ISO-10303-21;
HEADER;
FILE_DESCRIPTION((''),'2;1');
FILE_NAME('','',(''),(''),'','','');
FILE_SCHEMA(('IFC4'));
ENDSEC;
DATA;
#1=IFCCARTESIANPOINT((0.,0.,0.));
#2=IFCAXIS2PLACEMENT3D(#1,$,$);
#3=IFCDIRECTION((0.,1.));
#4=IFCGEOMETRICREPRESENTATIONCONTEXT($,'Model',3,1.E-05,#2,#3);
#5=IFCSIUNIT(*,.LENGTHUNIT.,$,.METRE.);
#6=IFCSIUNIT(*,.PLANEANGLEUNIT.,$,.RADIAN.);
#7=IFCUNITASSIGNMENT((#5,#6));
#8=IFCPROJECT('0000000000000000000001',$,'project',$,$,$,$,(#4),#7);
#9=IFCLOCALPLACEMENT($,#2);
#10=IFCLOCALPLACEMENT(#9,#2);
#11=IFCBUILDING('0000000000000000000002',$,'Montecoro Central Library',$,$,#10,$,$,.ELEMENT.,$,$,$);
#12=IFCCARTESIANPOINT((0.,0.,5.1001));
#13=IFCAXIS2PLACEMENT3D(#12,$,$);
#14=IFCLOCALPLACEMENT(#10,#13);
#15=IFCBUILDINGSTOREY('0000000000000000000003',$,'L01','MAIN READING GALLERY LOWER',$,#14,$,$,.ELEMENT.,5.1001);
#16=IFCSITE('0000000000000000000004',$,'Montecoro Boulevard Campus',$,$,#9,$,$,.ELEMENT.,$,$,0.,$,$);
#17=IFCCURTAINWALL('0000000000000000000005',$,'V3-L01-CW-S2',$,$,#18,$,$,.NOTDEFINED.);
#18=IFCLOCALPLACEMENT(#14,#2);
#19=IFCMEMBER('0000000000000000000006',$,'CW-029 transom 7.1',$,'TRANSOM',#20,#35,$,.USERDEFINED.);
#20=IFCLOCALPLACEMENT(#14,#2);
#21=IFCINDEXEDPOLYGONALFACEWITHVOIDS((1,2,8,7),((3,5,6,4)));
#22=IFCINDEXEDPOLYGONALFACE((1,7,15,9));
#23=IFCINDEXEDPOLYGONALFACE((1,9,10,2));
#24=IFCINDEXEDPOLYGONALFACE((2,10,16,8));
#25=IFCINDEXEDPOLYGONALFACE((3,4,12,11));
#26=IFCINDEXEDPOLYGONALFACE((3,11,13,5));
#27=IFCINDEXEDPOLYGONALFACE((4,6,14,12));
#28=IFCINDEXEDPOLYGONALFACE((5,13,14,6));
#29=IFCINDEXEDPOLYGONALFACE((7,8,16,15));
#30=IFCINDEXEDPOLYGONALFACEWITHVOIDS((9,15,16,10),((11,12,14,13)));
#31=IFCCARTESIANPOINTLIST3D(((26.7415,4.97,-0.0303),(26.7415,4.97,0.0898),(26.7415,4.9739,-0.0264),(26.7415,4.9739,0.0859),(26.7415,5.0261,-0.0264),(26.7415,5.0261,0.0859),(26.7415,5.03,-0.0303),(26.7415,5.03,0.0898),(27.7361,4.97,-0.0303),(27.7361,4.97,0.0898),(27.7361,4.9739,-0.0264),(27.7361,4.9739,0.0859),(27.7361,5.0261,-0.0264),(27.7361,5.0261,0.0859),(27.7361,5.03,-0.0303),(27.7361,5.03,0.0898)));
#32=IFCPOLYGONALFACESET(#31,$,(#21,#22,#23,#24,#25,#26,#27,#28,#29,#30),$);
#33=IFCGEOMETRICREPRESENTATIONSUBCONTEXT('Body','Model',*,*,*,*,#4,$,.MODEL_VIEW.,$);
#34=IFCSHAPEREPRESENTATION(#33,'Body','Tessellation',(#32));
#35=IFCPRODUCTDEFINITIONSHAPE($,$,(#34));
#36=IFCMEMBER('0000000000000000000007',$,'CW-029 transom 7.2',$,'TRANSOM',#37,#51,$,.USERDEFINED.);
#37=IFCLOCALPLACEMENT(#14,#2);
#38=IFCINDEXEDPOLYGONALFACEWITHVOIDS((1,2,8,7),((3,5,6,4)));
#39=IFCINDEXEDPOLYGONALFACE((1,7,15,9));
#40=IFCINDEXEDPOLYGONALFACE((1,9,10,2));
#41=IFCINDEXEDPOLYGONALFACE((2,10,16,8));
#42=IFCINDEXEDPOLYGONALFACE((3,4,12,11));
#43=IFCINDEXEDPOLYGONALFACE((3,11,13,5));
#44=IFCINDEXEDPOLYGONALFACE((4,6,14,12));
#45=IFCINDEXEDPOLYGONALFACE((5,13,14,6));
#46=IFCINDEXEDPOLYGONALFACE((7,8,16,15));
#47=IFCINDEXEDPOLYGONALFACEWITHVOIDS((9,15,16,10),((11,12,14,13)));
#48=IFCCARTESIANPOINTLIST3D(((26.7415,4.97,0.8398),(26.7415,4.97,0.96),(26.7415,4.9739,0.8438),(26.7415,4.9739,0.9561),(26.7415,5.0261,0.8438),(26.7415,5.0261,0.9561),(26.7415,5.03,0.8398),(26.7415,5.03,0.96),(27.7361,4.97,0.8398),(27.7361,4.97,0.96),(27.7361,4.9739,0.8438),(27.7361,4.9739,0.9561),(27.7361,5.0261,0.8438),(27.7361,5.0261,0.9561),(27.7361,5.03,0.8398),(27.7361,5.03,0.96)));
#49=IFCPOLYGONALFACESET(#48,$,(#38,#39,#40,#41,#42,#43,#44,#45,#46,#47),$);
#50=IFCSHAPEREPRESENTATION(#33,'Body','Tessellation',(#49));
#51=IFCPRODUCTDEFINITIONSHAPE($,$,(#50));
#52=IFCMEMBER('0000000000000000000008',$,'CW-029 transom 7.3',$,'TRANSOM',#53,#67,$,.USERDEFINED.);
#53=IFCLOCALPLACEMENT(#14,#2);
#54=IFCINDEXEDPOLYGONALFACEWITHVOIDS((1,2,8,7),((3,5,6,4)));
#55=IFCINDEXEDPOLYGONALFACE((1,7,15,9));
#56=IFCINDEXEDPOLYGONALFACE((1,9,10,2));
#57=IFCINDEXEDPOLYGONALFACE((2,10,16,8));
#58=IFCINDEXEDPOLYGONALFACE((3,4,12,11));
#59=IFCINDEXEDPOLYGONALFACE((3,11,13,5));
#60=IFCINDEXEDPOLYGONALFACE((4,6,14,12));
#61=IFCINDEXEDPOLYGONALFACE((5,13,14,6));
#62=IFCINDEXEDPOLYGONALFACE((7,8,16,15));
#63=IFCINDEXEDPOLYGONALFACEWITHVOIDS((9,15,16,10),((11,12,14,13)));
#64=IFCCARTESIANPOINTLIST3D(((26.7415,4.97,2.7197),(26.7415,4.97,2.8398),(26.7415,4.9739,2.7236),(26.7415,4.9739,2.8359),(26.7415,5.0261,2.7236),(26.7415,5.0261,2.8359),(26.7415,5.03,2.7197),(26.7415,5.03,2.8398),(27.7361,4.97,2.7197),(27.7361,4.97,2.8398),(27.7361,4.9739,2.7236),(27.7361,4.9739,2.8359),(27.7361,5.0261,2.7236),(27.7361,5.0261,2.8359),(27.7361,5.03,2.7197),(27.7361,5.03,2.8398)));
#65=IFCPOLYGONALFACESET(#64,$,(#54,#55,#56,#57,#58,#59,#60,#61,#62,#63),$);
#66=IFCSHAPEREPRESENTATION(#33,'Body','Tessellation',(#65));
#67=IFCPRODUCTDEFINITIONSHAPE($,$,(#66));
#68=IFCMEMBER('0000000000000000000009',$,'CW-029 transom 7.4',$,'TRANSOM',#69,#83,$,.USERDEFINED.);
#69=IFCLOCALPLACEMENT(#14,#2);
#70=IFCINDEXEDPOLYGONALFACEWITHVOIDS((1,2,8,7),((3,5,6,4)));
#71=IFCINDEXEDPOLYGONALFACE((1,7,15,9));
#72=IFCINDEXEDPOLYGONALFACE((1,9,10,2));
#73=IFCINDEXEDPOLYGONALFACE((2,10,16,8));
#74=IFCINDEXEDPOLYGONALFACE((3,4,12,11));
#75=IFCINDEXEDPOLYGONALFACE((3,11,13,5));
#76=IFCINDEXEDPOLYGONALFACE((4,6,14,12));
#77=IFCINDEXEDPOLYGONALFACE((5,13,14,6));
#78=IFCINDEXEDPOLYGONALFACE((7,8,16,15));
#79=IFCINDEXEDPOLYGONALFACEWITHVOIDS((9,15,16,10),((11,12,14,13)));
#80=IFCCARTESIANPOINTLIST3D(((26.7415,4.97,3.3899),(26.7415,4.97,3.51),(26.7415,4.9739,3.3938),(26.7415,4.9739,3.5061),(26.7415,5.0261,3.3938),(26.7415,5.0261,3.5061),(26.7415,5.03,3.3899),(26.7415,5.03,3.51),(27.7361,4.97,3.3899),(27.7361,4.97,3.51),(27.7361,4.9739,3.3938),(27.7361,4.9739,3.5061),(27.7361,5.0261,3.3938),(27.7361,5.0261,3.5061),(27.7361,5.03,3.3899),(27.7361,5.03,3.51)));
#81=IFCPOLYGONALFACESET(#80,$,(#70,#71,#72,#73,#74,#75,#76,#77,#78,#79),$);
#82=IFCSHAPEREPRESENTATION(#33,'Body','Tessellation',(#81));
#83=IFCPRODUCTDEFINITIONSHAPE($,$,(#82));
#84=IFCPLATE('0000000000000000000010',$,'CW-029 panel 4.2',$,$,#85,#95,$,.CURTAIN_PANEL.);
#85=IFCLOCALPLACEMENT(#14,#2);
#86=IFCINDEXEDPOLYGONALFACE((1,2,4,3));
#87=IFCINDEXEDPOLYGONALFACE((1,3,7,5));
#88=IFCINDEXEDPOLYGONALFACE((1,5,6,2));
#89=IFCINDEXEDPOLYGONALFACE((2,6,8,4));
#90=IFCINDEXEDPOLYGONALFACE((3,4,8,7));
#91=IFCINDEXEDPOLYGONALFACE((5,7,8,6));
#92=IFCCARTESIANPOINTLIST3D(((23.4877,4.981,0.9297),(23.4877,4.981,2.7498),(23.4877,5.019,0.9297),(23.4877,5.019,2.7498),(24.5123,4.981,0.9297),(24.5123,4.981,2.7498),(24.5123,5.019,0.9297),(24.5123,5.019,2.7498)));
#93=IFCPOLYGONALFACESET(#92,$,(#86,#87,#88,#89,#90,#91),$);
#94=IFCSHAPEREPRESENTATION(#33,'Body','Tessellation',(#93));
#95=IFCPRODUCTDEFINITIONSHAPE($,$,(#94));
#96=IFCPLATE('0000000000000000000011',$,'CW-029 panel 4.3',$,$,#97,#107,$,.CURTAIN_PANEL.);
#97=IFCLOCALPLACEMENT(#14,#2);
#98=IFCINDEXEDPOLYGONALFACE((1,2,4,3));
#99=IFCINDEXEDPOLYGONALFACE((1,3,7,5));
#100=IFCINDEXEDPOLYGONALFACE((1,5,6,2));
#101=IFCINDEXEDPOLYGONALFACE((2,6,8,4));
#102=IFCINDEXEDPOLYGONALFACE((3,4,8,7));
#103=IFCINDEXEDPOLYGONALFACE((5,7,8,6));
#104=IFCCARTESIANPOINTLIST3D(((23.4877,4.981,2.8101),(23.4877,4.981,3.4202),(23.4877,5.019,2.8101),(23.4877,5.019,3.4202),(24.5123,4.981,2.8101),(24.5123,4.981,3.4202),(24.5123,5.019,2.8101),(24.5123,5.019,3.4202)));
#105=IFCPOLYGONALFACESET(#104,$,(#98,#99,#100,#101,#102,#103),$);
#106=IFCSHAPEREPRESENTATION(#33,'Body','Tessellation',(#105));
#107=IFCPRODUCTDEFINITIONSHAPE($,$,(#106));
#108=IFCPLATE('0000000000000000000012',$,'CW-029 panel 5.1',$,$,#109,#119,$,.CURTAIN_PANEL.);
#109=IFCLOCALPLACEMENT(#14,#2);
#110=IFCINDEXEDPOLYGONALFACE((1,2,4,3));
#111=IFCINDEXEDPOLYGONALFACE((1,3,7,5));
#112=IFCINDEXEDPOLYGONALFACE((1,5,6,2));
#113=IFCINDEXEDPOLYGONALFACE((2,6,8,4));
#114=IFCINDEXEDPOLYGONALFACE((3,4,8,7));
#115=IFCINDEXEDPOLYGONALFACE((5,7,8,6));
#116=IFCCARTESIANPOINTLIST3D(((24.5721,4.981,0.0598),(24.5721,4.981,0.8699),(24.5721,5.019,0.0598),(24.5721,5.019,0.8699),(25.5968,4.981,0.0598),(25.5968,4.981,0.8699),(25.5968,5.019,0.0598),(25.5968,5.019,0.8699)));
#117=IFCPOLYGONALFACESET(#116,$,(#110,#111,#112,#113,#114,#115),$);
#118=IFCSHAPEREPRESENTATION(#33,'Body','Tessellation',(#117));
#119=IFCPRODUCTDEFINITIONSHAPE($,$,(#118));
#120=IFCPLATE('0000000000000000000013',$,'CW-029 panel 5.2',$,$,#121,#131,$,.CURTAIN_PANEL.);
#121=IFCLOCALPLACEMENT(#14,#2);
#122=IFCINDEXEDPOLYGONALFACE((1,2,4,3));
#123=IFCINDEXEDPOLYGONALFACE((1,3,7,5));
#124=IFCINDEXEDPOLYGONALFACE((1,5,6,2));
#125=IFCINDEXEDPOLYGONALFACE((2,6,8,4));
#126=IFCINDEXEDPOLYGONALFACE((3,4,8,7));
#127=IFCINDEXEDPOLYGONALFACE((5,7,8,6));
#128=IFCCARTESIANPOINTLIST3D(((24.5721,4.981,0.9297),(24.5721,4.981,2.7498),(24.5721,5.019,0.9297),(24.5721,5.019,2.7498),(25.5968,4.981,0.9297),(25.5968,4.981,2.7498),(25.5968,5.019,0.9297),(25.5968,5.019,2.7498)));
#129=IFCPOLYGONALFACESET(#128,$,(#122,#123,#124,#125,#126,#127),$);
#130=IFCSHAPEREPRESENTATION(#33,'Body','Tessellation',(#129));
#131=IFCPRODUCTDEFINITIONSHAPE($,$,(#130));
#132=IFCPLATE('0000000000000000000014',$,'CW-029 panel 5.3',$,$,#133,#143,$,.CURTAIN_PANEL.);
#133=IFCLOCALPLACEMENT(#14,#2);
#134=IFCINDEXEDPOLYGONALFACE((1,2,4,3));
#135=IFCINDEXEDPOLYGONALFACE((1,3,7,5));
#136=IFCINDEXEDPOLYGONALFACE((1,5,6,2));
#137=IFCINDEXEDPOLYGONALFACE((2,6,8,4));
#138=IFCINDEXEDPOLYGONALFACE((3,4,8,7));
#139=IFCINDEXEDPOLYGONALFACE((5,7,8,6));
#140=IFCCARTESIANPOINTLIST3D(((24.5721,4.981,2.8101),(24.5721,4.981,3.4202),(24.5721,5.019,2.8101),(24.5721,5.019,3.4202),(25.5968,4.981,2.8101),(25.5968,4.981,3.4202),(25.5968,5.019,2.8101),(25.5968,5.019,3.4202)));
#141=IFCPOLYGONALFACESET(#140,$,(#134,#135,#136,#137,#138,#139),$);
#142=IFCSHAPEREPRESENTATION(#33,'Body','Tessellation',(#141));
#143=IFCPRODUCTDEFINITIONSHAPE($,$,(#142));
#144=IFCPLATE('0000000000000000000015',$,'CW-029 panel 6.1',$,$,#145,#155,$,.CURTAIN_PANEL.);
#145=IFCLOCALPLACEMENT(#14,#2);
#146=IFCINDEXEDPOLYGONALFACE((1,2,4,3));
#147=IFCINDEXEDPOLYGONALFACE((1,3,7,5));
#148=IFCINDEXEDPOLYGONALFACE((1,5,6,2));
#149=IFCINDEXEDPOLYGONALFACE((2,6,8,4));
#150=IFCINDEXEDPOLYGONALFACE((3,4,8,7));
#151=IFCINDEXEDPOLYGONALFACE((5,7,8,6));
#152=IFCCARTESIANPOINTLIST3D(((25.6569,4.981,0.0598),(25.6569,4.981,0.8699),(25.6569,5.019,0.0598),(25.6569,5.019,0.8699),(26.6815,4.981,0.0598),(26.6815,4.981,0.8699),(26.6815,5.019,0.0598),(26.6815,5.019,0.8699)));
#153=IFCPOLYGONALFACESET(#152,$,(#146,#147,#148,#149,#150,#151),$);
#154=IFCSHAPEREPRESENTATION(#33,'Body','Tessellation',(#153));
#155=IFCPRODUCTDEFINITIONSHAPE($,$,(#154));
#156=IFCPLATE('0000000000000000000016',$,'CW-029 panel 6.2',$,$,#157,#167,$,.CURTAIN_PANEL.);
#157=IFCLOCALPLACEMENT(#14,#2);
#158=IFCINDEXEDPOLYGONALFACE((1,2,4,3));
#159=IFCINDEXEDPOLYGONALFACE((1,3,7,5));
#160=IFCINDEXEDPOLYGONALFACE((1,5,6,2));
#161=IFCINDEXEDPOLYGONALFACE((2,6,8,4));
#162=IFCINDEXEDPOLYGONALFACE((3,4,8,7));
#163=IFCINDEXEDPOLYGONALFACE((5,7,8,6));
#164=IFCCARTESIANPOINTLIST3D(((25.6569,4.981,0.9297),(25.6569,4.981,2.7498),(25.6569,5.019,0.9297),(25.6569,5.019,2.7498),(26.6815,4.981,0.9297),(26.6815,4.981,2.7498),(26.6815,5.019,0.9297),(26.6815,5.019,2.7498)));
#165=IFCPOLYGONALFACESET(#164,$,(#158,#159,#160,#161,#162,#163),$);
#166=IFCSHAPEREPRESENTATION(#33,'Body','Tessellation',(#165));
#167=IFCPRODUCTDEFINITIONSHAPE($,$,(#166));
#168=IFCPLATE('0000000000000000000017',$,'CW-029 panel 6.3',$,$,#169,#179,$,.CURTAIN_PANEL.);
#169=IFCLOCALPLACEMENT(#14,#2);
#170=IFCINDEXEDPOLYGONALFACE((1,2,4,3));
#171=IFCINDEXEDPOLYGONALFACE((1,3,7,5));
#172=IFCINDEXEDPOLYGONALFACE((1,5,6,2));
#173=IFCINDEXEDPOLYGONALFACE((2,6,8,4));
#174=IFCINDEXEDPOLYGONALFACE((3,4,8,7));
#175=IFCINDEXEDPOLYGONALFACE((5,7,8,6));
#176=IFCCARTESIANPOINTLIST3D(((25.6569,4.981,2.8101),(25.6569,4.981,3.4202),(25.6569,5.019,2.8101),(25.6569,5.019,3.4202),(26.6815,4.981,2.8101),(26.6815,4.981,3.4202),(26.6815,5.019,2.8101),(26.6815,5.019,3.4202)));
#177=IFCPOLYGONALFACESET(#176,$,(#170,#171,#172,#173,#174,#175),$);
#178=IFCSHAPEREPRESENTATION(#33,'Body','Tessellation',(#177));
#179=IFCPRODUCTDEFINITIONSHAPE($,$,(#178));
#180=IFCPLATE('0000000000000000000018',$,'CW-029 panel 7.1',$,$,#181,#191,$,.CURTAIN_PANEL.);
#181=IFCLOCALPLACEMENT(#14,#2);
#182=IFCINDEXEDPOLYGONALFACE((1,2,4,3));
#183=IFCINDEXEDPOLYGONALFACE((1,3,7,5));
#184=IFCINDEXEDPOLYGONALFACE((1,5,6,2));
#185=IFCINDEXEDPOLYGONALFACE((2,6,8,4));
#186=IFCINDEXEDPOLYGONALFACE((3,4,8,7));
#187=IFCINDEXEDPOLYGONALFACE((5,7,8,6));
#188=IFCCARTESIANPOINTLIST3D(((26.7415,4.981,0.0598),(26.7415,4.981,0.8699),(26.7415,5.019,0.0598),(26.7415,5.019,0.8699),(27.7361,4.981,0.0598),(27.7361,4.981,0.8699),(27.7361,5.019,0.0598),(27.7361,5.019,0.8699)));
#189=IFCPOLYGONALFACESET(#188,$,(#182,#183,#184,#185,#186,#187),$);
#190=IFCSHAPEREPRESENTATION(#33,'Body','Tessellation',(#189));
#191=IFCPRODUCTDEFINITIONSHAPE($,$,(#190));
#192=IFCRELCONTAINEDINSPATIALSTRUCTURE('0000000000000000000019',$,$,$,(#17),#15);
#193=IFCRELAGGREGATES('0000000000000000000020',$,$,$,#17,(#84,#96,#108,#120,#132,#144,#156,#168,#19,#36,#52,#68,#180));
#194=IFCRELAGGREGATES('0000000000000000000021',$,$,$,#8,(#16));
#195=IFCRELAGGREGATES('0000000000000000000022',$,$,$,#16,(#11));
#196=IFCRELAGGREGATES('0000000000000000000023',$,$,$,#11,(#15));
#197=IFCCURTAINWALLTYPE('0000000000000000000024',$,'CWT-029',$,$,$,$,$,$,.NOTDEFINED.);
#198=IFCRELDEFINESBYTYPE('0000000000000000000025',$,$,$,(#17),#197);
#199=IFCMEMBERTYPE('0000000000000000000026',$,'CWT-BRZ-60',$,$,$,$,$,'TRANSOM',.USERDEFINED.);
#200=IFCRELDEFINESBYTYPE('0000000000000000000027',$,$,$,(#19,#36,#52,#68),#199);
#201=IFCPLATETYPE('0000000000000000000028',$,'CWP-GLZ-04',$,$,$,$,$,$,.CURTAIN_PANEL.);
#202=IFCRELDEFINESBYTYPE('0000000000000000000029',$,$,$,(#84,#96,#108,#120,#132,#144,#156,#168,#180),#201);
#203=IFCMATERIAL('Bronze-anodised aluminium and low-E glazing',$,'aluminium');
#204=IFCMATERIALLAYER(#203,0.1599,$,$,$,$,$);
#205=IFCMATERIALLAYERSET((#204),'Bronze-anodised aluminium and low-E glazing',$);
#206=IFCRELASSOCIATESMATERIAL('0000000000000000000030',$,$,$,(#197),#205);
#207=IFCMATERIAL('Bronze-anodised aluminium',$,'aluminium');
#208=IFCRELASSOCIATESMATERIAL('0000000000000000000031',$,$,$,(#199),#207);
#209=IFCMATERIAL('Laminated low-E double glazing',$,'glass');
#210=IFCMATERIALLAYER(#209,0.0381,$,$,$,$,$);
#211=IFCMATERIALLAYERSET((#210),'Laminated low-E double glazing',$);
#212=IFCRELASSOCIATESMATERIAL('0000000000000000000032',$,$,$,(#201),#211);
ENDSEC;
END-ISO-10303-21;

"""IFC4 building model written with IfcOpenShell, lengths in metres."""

from ifc_helpers import new_model, si_unit, direction, frame, origin, origin_2d, place, context, subcontext, project, spatial, rectangle, hollow_rectangle, extrude, material, layer, layer_set, material_profile, profile_set, type_object, element, aggregate, save


model = new_model("IFC4")

# Units and contexts
model_context = context("Model", 3, precision=1e-05, world=origin(), true_north=direction((0.0, 1.0)))
body_context = subcontext(model_context, "Body", "Model", "MODEL_VIEW")
ifc_project = project(units=[si_unit("LENGTHUNIT", "METRE"), si_unit("PLANEANGLEUNIT", "RADIAN")], contexts=[model_context])

# Site, building, storey
site_placement = place(None, origin())
site = spatial("IfcSite", under=ifc_project, at=site_placement, Name="Montecoro Boulevard Campus", CompositionType="ELEMENT", RefElevation=0.0)
building_placement = place(site_placement, origin())
building = spatial("IfcBuilding", under=site, at=building_placement, Name="Montecoro Central Library", CompositionType="ELEMENT")
storey_placement = place(building_placement, frame((0.0, 0.0, 5.1001)))
storey = spatial("IfcBuildingStorey", under=building, at=storey_placement, Name="L01", Description="MAIN READING GALLERY LOWER", CompositionType="ELEMENT", Elevation=5.1001)

# Curtain wall, members, plates
ifc_material_1 = material(Name="Bronze-anodised aluminium and low-E glazing", Category="aluminium")
ifc_layer_1 = layer(ifc_material_1, 0.1599)
ifc_layer_set_1 = layer_set([ifc_layer_1], Name="Bronze-anodised aluminium and low-E glazing")
curtain_wall_type = type_object("IfcCurtainWallType", Name="CWT-029", PredefinedType="NOTDEFINED", material=ifc_layer_set_1)
curtain_wall_placement = place(storey_placement, origin())
curtain_wall = element("IfcCurtainWall", 1, at=curtain_wall_placement, inside=storey, type_object=curtain_wall_type, Name="V3-L01-CW-S2", PredefinedType="NOTDEFINED")
ifc_material_2 = material(Name="Bronze-anodised aluminium", Category="aluminium")
ifc_material_profile_1 = material_profile(ifc_material_2, hollow_rectangle(XDim=0.0601, YDim=0.1201, WallThickness=0.0039, at=origin_2d()), Name="CWT 120x60x4.0")
ifc_profile_set_1 = profile_set([ifc_material_profile_1], Name="Bronze-anodised aluminium")
member_type_1 = type_object("IfcMemberType", Name="CWT-BRZ-60", ElementType="TRANSOM", PredefinedType="USERDEFINED", material=ifc_profile_set_1)
member_1_placement = place(storey_placement, frame((26.7415, 5.0, 0.0298), z_axis=(1.0, 0.0, 0.0), x_axis=(0.0, 1.0, 0.0)))
member_1 = element("IfcMember", 2, at=member_1_placement, type_object=member_type_1, Name="CW-029 transom 7.1", ObjectType="TRANSOM", PredefinedType="USERDEFINED", context=body_context, shape_type="SweptSolid", body=[
    extrude(hollow_rectangle(XDim=0.0601, YDim=0.1201, WallThickness=0.0039, at=origin_2d()), origin(), (0.0, 0.0, 1.0), 0.9946),
])
member_2_placement = place(storey_placement, frame((26.7415, 5.0, 0.8999), z_axis=(1.0, 0.0, 0.0), x_axis=(0.0, 1.0, 0.0)))
member_2 = element("IfcMember", 3, at=member_2_placement, type_object=member_type_1, Name="CW-029 transom 7.2", ObjectType="TRANSOM", PredefinedType="USERDEFINED", context=body_context, shape_type="SweptSolid", body=[
    extrude(hollow_rectangle(XDim=0.0601, YDim=0.1201, WallThickness=0.0039, at=origin_2d()), origin(), (0.0, 0.0, 1.0), 0.9946),
])
member_3_placement = place(storey_placement, frame((26.7415, 5.0, 2.7798), z_axis=(1.0, 0.0, 0.0), x_axis=(0.0, 1.0, 0.0)))
member_3 = element("IfcMember", 4, at=member_3_placement, type_object=member_type_1, Name="CW-029 transom 7.3", ObjectType="TRANSOM", PredefinedType="USERDEFINED", context=body_context, shape_type="SweptSolid", body=[
    extrude(hollow_rectangle(XDim=0.0601, YDim=0.1201, WallThickness=0.0039, at=origin_2d()), origin(), (0.0, 0.0, 1.0), 0.9946),
])
member_4_placement = place(storey_placement, frame((26.7415, 5.0, 3.45), z_axis=(1.0, 0.0, 0.0), x_axis=(0.0, 1.0, 0.0)))
member_4 = element("IfcMember", 5, at=member_4_placement, type_object=member_type_1, Name="CW-029 transom 7.4", ObjectType="TRANSOM", PredefinedType="USERDEFINED", context=body_context, shape_type="SweptSolid", body=[
    extrude(hollow_rectangle(XDim=0.0601, YDim=0.1201, WallThickness=0.0039, at=origin_2d()), origin(), (0.0, 0.0, 1.0), 0.9946),
])
ifc_material_3 = material(Name="Laminated low-E double glazing", Category="glass")
ifc_layer_2 = layer(ifc_material_3, 0.0381)
ifc_layer_set_2 = layer_set([ifc_layer_2], Name="Laminated low-E double glazing")
plate_type = type_object("IfcPlateType", Name="CWP-GLZ-04", PredefinedType="CURTAIN_PANEL", material=ifc_layer_set_2)
plate_1_placement = place(storey_placement, frame((24.0, 5.0, 0.9297), z_axis=(0.0, 0.0, 1.0), x_axis=(1.0, 0.0, 0.0)))
plate_1 = element("IfcPlate", 6, at=plate_1_placement, type_object=plate_type, Name="CW-029 panel 4.2", PredefinedType="CURTAIN_PANEL", context=body_context, shape_type="SweptSolid", body=[
    extrude(rectangle(XDim=1.0247, YDim=0.0381, at=origin_2d()), origin(), (0.0, 0.0, 1.0), 1.8201),
])
plate_2_placement = place(storey_placement, frame((24.0, 5.0, 2.8101), z_axis=(0.0, 0.0, 1.0), x_axis=(1.0, 0.0, 0.0)))
plate_2 = element("IfcPlate", 7, at=plate_2_placement, type_object=plate_type, Name="CW-029 panel 4.3", PredefinedType="CURTAIN_PANEL", context=body_context, shape_type="SweptSolid", body=[
    extrude(rectangle(XDim=1.0247, YDim=0.0381, at=origin_2d()), origin(), (0.0, 0.0, 1.0), 0.6101),
])
plate_3_placement = place(storey_placement, frame((25.0845, 5.0, 0.0598), z_axis=(0.0, 0.0, 1.0), x_axis=(1.0, 0.0, 0.0)))
plate_3 = element("IfcPlate", 8, at=plate_3_placement, type_object=plate_type, Name="CW-029 panel 5.1", PredefinedType="CURTAIN_PANEL", context=body_context, shape_type="SweptSolid", body=[
    extrude(rectangle(XDim=1.0247, YDim=0.0381, at=origin_2d()), origin(), (0.0, 0.0, 1.0), 0.8101),
])
plate_4_placement = place(storey_placement, frame((25.0845, 5.0, 0.9297), z_axis=(0.0, 0.0, 1.0), x_axis=(1.0, 0.0, 0.0)))
plate_4 = element("IfcPlate", 9, at=plate_4_placement, type_object=plate_type, Name="CW-029 panel 5.2", PredefinedType="CURTAIN_PANEL", context=body_context, shape_type="SweptSolid", body=[
    extrude(rectangle(XDim=1.0247, YDim=0.0381, at=origin_2d()), origin(), (0.0, 0.0, 1.0), 1.8201),
])
plate_5_placement = place(storey_placement, frame((25.0845, 5.0, 2.8101), z_axis=(0.0, 0.0, 1.0), x_axis=(1.0, 0.0, 0.0)))
plate_5 = element("IfcPlate", 10, at=plate_5_placement, type_object=plate_type, Name="CW-029 panel 5.3", PredefinedType="CURTAIN_PANEL", context=body_context, shape_type="SweptSolid", body=[
    extrude(rectangle(XDim=1.0247, YDim=0.0381, at=origin_2d()), origin(), (0.0, 0.0, 1.0), 0.6101),
])
plate_6_placement = place(storey_placement, frame((26.1692, 5.0, 0.0598), z_axis=(0.0, 0.0, 1.0), x_axis=(1.0, 0.0, 0.0)))
plate_6 = element("IfcPlate", 11, at=plate_6_placement, type_object=plate_type, Name="CW-029 panel 6.1", PredefinedType="CURTAIN_PANEL", context=body_context, shape_type="SweptSolid", body=[
    extrude(rectangle(XDim=1.0247, YDim=0.0381, at=origin_2d()), origin(), (0.0, 0.0, 1.0), 0.8101),
])
plate_7_placement = place(storey_placement, frame((26.1692, 5.0, 0.9297), z_axis=(0.0, 0.0, 1.0), x_axis=(1.0, 0.0, 0.0)))
plate_7 = element("IfcPlate", 12, at=plate_7_placement, type_object=plate_type, Name="CW-029 panel 6.2", PredefinedType="CURTAIN_PANEL", context=body_context, shape_type="SweptSolid", body=[
    extrude(rectangle(XDim=1.0247, YDim=0.0381, at=origin_2d()), origin(), (0.0, 0.0, 1.0), 1.8201),
])
plate_8_placement = place(storey_placement, frame((26.1692, 5.0, 2.8101), z_axis=(0.0, 0.0, 1.0), x_axis=(1.0, 0.0, 0.0)))
plate_8 = element("IfcPlate", 13, at=plate_8_placement, type_object=plate_type, Name="CW-029 panel 6.3", PredefinedType="CURTAIN_PANEL", context=body_context, shape_type="SweptSolid", body=[
    extrude(rectangle(XDim=1.0247, YDim=0.0381, at=origin_2d()), origin(), (0.0, 0.0, 1.0), 0.6101),
])
plate_9_placement = place(storey_placement, frame((27.2388, 5.0, 0.0598), z_axis=(0.0, 0.0, 1.0), x_axis=(1.0, 0.0, 0.0)))
plate_9 = element("IfcPlate", 14, at=plate_9_placement, type_object=plate_type, Name="CW-029 panel 7.1", PredefinedType="CURTAIN_PANEL", context=body_context, shape_type="SweptSolid", body=[
    extrude(rectangle(XDim=0.9946, YDim=0.0381, at=origin_2d()), origin(), (0.0, 0.0, 1.0), 0.8101),
])
aggregate(curtain_wall, [plate_1, plate_2, plate_3, plate_4, plate_5, plate_6, plate_7, plate_8, member_1, member_2, member_3, member_4, plate_9])

save(model, "model.ifc")
